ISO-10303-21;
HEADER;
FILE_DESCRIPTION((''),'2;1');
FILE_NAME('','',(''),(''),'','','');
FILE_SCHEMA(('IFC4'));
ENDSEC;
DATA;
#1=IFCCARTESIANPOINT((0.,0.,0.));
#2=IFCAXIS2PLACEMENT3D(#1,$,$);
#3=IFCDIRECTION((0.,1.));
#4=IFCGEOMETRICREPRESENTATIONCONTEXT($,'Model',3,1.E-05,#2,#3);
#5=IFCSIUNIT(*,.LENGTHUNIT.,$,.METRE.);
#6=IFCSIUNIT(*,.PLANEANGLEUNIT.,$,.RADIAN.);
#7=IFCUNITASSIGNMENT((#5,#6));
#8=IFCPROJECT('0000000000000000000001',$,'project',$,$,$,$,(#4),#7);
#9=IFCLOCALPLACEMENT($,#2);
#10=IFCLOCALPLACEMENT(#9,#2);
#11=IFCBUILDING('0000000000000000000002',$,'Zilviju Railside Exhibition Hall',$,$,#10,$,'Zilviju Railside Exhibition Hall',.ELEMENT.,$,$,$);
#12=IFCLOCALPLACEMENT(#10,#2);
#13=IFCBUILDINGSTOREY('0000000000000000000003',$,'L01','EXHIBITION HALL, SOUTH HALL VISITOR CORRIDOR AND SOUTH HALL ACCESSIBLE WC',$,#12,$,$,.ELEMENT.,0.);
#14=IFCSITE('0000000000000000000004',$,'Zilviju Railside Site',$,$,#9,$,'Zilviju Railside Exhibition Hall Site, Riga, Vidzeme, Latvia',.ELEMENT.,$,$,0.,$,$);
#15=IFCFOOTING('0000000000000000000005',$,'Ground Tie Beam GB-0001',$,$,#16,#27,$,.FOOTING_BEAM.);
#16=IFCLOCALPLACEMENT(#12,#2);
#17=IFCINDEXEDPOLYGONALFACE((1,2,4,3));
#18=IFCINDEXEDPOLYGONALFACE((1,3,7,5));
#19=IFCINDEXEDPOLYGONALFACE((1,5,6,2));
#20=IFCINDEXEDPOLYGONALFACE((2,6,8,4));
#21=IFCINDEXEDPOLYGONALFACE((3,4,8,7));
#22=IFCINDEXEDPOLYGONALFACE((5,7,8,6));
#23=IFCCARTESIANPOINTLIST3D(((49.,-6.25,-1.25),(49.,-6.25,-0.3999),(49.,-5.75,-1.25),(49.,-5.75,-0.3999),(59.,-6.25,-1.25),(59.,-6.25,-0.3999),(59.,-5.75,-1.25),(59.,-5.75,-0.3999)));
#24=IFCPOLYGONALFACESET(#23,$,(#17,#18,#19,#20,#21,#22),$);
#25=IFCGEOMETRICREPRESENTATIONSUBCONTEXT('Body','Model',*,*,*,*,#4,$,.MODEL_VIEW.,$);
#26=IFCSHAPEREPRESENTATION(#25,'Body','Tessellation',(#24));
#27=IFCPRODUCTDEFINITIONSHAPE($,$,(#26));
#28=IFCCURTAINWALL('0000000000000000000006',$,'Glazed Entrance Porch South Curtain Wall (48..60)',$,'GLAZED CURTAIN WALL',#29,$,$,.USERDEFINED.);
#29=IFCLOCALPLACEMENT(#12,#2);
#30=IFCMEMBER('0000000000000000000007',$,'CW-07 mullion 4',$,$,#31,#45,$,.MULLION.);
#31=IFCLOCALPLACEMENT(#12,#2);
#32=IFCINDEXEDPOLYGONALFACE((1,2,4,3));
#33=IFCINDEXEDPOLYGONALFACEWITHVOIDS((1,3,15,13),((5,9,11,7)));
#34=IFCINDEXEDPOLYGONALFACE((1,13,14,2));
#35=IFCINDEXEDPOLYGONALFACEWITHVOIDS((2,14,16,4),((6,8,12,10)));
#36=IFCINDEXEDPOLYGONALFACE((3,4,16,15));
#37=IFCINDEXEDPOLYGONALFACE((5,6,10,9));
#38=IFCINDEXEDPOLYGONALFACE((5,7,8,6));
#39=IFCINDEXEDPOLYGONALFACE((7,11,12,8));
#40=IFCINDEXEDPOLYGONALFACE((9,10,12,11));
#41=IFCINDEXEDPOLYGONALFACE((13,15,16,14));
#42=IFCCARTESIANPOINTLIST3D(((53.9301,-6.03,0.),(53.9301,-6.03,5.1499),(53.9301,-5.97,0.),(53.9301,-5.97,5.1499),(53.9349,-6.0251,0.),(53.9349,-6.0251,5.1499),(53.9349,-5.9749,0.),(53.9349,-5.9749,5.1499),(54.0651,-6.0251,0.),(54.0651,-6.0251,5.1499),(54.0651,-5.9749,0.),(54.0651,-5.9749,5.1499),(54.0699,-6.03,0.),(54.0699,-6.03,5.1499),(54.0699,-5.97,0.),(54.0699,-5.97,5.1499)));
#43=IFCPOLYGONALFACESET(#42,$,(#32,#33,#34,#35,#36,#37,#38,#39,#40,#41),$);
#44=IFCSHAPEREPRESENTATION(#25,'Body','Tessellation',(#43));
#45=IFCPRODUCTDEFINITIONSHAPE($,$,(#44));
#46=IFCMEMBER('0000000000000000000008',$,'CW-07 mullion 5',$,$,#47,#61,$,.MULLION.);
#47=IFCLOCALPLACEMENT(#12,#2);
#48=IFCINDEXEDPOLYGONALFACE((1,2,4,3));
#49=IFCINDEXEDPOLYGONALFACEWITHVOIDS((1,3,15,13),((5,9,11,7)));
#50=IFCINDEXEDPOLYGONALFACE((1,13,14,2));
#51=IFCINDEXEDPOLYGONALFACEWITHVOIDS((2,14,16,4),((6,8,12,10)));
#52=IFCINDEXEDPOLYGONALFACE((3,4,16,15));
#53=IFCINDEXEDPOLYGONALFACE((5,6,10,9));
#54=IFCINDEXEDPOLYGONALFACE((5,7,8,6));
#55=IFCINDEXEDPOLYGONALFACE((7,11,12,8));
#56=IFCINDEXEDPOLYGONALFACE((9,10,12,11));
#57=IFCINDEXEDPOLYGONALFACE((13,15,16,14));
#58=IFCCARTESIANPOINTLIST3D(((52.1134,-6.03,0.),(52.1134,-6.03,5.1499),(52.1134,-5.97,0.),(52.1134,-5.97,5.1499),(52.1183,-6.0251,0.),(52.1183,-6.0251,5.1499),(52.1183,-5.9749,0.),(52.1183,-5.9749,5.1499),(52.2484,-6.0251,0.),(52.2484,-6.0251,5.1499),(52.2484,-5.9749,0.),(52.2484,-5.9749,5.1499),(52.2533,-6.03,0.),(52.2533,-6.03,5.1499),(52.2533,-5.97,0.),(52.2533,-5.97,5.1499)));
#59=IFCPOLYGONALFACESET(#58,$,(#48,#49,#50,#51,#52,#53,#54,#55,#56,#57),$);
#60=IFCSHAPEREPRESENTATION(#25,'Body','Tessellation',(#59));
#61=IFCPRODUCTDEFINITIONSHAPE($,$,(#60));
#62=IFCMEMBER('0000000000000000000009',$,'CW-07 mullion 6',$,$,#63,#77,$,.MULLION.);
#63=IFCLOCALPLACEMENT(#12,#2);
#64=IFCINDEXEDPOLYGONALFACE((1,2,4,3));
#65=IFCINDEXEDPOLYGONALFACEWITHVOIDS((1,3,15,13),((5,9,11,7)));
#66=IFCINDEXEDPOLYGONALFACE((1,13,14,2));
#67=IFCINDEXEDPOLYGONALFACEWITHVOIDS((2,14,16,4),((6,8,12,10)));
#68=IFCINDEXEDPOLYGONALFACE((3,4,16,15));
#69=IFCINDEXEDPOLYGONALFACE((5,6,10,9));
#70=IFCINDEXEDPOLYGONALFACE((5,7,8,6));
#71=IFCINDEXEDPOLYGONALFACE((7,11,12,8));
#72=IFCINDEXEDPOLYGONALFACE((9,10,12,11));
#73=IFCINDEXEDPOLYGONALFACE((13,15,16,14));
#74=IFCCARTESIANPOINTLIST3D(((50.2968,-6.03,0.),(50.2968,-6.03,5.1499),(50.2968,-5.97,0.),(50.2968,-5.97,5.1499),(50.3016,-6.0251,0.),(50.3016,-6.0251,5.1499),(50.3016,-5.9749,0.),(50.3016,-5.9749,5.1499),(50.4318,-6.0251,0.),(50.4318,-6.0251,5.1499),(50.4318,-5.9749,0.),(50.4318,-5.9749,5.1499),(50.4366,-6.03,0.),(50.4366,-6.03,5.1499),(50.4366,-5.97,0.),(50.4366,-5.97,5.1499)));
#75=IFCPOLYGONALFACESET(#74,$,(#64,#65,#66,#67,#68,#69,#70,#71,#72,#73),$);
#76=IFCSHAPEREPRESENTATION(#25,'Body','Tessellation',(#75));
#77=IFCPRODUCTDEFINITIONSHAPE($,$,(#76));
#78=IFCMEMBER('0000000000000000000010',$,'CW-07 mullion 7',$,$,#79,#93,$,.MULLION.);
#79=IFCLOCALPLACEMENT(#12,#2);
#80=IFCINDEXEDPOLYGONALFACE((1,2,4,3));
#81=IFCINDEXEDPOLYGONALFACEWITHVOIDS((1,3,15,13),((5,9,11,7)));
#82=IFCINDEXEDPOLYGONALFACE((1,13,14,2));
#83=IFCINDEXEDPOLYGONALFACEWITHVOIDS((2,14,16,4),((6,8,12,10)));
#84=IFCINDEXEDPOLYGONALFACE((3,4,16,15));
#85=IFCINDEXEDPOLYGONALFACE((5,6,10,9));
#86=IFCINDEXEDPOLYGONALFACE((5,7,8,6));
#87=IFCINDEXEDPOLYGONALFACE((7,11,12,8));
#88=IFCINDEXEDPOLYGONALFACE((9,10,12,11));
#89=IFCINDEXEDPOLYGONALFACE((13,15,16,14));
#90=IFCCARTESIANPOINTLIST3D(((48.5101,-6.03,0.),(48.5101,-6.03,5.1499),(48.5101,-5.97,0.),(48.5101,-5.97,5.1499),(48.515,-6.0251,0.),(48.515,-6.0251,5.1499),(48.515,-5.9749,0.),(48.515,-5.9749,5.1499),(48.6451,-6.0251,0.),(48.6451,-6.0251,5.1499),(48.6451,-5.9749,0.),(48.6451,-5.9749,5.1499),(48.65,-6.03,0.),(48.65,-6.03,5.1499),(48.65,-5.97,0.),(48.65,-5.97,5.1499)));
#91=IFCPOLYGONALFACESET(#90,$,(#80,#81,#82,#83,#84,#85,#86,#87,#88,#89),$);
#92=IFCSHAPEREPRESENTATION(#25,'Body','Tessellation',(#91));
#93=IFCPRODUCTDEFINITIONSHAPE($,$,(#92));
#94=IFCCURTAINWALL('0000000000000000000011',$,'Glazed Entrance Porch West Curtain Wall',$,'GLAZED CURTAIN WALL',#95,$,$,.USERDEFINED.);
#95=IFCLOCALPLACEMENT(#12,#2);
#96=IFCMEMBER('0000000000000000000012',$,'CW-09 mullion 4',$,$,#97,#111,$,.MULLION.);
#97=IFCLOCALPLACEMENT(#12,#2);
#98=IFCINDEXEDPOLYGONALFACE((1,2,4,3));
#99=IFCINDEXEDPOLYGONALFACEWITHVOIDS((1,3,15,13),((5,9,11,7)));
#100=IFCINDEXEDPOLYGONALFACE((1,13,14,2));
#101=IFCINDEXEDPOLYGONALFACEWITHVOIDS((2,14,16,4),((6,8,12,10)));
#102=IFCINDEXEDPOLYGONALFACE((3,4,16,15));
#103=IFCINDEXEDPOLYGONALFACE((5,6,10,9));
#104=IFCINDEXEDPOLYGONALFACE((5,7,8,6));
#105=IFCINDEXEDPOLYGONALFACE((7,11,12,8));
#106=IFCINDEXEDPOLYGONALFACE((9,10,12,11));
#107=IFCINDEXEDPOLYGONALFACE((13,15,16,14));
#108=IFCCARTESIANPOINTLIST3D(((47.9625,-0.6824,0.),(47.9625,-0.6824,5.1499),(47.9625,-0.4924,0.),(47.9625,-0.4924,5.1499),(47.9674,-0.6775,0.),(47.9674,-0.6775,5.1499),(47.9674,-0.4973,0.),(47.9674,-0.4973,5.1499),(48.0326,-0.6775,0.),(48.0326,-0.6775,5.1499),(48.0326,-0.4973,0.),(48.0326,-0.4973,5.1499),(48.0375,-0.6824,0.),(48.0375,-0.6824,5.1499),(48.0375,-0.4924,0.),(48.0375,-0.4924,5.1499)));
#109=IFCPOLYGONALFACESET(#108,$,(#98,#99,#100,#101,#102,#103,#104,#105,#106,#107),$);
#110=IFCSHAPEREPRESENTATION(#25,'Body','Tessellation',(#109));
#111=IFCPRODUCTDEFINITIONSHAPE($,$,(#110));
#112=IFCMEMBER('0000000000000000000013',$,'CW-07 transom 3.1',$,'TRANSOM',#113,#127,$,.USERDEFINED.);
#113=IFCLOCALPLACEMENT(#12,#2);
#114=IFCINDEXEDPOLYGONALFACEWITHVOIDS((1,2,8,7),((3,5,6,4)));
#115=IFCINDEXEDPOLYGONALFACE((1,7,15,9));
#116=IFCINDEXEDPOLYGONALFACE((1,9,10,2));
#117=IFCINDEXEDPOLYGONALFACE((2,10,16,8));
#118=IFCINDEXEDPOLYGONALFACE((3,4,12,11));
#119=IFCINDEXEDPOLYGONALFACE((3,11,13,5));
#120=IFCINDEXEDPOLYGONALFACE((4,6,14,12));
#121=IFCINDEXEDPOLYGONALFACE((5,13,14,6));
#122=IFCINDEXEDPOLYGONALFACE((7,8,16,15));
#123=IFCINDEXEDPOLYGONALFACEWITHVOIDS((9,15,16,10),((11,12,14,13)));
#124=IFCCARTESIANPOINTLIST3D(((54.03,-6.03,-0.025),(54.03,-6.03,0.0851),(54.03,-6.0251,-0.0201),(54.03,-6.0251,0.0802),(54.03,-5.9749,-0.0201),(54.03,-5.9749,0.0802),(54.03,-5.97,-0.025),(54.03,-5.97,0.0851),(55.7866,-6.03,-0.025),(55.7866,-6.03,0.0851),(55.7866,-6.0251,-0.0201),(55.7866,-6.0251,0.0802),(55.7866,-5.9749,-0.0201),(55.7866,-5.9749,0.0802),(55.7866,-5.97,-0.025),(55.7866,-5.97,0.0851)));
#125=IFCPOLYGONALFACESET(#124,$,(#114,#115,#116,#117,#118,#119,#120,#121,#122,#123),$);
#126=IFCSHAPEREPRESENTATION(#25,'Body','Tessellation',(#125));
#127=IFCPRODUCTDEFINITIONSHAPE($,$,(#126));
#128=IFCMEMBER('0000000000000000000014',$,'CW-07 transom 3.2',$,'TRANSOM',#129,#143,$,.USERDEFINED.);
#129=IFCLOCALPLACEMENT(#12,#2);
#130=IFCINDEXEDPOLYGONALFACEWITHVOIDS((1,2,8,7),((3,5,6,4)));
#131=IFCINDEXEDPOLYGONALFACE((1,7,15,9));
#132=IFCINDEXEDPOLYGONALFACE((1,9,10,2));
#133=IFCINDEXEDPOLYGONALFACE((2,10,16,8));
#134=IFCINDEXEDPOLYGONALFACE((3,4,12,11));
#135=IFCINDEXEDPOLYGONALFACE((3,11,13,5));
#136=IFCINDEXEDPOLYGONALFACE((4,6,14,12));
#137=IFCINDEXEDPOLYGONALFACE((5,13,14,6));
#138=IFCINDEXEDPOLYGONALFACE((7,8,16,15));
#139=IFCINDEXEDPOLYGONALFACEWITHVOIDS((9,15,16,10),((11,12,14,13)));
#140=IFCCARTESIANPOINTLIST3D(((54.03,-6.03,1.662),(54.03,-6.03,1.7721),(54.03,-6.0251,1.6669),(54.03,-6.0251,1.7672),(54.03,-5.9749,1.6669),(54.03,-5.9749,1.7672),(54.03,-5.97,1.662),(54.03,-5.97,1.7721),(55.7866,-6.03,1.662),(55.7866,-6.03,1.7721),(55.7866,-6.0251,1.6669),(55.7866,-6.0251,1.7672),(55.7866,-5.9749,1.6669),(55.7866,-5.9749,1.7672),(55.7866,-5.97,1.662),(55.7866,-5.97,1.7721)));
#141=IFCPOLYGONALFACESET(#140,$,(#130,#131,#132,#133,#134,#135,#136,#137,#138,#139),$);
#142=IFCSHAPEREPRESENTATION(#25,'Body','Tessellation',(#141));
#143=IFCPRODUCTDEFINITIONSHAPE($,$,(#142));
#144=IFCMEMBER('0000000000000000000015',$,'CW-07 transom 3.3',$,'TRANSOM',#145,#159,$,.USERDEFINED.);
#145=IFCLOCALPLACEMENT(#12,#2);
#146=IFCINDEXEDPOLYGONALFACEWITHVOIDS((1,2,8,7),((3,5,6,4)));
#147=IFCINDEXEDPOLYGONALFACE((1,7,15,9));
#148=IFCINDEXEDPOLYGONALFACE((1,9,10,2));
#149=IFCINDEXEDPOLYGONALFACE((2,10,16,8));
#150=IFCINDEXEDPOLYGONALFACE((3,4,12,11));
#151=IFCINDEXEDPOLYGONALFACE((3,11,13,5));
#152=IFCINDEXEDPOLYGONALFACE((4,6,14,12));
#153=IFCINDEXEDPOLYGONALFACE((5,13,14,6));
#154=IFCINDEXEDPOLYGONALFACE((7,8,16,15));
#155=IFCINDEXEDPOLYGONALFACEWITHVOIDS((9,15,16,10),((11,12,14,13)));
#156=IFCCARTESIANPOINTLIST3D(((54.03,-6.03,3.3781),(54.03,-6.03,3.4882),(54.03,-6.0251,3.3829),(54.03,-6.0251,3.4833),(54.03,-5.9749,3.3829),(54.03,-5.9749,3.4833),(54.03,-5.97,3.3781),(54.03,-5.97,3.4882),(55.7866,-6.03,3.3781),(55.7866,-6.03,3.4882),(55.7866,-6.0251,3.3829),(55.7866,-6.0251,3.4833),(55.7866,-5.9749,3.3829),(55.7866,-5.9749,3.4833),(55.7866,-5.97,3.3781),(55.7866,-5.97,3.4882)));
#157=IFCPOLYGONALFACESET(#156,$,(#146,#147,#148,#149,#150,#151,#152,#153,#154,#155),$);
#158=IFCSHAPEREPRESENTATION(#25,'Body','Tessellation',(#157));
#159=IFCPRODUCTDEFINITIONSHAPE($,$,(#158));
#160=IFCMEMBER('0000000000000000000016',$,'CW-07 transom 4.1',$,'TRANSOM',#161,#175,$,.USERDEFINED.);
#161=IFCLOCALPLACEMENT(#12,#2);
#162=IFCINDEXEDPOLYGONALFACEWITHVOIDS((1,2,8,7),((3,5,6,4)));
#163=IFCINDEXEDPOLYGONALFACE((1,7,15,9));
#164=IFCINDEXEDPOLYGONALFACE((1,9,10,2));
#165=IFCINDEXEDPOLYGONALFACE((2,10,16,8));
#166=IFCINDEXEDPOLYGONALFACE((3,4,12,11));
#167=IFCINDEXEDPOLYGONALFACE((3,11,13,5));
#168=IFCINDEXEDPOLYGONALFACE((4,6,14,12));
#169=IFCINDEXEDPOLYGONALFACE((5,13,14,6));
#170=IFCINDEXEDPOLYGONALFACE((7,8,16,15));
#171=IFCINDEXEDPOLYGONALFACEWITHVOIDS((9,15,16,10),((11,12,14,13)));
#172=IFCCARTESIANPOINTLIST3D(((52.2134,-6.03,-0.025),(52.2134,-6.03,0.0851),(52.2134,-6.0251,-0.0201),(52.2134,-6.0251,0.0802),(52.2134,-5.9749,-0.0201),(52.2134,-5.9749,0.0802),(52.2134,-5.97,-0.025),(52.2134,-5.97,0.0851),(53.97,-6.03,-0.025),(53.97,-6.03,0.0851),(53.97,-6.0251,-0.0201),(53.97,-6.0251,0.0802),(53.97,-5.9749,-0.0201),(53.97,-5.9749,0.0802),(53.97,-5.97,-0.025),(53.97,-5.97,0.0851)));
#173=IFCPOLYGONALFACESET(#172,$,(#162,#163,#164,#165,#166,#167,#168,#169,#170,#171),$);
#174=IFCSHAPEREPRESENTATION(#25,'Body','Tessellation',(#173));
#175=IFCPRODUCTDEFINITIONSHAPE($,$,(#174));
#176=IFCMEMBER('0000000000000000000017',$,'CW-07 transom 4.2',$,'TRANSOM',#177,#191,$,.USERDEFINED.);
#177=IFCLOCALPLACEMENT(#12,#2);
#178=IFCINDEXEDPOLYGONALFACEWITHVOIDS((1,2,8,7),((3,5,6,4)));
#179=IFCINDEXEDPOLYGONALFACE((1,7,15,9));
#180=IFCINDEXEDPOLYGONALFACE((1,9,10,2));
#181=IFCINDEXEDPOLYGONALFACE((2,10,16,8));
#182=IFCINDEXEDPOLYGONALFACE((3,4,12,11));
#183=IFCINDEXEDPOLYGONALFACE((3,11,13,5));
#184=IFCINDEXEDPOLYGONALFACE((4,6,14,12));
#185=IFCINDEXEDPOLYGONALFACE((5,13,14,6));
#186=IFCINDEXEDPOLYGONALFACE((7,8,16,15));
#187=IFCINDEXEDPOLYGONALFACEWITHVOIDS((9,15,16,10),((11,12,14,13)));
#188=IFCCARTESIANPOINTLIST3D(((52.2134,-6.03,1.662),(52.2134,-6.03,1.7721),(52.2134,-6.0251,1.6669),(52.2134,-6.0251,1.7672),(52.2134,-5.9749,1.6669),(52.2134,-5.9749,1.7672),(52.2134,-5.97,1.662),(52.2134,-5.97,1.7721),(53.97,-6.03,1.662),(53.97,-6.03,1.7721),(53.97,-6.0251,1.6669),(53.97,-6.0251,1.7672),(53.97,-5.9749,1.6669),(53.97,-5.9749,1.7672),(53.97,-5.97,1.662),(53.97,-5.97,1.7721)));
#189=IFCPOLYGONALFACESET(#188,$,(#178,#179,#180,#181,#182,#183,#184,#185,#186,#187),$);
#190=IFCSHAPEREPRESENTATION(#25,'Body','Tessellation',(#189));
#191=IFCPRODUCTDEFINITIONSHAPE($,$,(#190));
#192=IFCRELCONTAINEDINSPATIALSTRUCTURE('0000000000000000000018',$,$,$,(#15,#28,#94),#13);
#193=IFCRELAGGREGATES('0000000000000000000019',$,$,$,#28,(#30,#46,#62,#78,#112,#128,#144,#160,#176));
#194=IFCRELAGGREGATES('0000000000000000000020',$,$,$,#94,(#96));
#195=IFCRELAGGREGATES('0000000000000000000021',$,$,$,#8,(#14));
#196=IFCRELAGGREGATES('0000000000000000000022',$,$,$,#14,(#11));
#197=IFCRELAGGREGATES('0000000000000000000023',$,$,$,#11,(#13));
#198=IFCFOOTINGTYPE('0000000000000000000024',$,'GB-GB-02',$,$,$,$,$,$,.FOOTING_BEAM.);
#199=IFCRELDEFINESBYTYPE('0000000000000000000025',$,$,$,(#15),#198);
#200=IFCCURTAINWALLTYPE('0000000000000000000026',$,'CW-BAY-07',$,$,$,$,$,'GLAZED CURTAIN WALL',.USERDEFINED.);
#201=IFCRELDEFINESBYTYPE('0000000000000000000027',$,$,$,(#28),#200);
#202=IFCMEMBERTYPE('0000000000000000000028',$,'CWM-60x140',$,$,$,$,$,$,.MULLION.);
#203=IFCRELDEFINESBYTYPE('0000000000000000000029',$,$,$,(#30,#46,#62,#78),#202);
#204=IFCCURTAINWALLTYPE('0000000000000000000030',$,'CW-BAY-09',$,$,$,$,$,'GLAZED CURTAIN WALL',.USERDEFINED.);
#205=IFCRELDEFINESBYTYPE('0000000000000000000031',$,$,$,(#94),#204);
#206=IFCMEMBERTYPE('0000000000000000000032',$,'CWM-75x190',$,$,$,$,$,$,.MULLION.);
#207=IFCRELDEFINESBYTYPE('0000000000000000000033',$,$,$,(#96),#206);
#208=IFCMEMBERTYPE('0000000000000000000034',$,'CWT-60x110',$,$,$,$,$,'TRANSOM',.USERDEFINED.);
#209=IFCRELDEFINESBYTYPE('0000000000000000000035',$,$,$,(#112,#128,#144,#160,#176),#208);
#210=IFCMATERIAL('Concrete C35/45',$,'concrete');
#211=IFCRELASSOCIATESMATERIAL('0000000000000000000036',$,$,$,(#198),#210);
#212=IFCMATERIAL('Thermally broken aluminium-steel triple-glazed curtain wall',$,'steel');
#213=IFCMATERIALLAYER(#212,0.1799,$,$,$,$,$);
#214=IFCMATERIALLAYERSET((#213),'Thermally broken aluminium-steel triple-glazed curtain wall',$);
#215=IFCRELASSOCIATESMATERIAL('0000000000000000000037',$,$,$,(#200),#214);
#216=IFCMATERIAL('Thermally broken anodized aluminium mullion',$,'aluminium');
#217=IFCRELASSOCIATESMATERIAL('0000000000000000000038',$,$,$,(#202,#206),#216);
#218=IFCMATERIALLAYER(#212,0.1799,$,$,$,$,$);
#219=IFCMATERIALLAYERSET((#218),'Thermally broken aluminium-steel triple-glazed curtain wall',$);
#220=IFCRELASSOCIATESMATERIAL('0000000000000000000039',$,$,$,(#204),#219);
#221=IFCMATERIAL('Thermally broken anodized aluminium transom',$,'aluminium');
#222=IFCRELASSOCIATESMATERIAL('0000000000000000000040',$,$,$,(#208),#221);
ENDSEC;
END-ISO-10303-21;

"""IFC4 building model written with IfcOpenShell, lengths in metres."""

from ifc_helpers import new_model, si_unit, direction, frame, origin, origin_2d, place, context, subcontext, project, spatial, rectangle, hollow_rectangle, extrude, material, layer, layer_set, material_profile, profile_set, type_object, element, aggregate, save


model = new_model("IFC4")

# Units and contexts
model_context = context("Model", 3, precision=1e-05, world=origin(), true_north=direction((0.0, 1.0)))
body_context = subcontext(model_context, "Body", "Model", "MODEL_VIEW")
ifc_project = project(units=[si_unit("LENGTHUNIT", "METRE"), si_unit("PLANEANGLEUNIT", "RADIAN")], contexts=[model_context])

# Site, building, storey
site_placement = place(None, origin())
site = spatial("IfcSite", under=ifc_project, at=site_placement, Name="Zilviju Railside Site", LongName="Zilviju Railside Exhibition Hall Site, Riga, Vidzeme, Latvia", CompositionType="ELEMENT", RefElevation=0.0)
building_placement = place(site_placement, origin())
building = spatial("IfcBuilding", under=site, at=building_placement, Name="Zilviju Railside Exhibition Hall", LongName="Zilviju Railside Exhibition Hall", CompositionType="ELEMENT")
storey_placement = place(building_placement, origin())
storey = spatial("IfcBuildingStorey", under=building, at=storey_placement, Name="L01", Description="EXHIBITION HALL, SOUTH HALL VISITOR CORRIDOR AND SOUTH HALL ACCESSIBLE WC", CompositionType="ELEMENT", Elevation=0.0)

# Footing
ifc_material_1 = material(Name="Concrete C35/45", Category="concrete")
ifc_material_profile_1 = material_profile(ifc_material_1, rectangle(XDim=0.5, YDim=0.8501, at=origin_2d()), Name="TIE BEAM 500x850")
ifc_profile_set_1 = profile_set([ifc_material_profile_1], Name="Concrete C35/45")
footing_type = type_object("IfcFootingType", Name="GB-GB-02", PredefinedType="FOOTING_BEAM", material=ifc_profile_set_1)
footing_placement = place(storey_placement, frame((49.0, -6.0, -0.825), z_axis=(1.0, 0.0, 0.0), x_axis=(0.0, 1.0, 0.0)))
element("IfcFooting", 1, at=footing_placement, inside=storey, type_object=footing_type, Name="Ground Tie Beam GB-0001", PredefinedType="FOOTING_BEAM", context=body_context, shape_type="SweptSolid", body=[
    extrude(rectangle(XDim=0.5, YDim=0.8501, at=origin_2d()), origin(), (0.0, 0.0, 1.0), 10.0),
])

# Curtain wall, members
ifc_material_2 = material(Name="Thermally broken aluminium-steel triple-glazed curtain wall", Category="steel")
ifc_layer_1 = layer(ifc_material_2, 0.1799)
ifc_layer_set_1 = layer_set([ifc_layer_1], Name="Thermally broken aluminium-steel triple-glazed curtain wall")
curtain_wall_type_1 = type_object("IfcCurtainWallType", Name="CW-BAY-07", ElementType="GLAZED CURTAIN WALL", PredefinedType="USERDEFINED", material=ifc_layer_set_1)
curtain_wall_1_placement = place(storey_placement, origin())
curtain_wall_1 = element("IfcCurtainWall", 2, at=curtain_wall_1_placement, inside=storey, type_object=curtain_wall_type_1, Name="Glazed Entrance Porch South Curtain Wall (48..60)", ObjectType="GLAZED CURTAIN WALL", PredefinedType="USERDEFINED")
ifc_material_3 = material(Name="Thermally broken anodized aluminium mullion", Category="aluminium")
ifc_material_profile_2 = material_profile(ifc_material_3, hollow_rectangle(XDim=0.0601, YDim=0.1399, WallThickness=0.0049, at=origin_2d()), Name="MULLION 140x60x5")
ifc_profile_set_2 = profile_set([ifc_material_profile_2], Name="Thermally broken anodized aluminium mullion")
member_type_1 = type_object("IfcMemberType", Name="CWM-60x140", PredefinedType="MULLION", material=ifc_profile_set_2)
member_1_placement = place(storey_placement, frame((54.0, -6.0, 0.0), z_axis=(0.0, 0.0, 1.0), x_axis=(0.0, -1.0, 0.0)))
member_1 = element("IfcMember", 3, at=member_1_placement, type_object=member_type_1, Name="CW-07 mullion 4", PredefinedType="MULLION", context=body_context, shape_type="SweptSolid", body=[
    extrude(hollow_rectangle(XDim=0.0601, YDim=0.1399, WallThickness=0.0049, at=origin_2d()), origin(), (0.0, 0.0, 1.0), 5.1499),
])
member_2_placement = place(storey_placement, frame((52.1833, -6.0, 0.0), z_axis=(0.0, 0.0, 1.0), x_axis=(0.0, -1.0, 0.0)))
member_2 = element("IfcMember", 4, at=member_2_placement, type_object=member_type_1, Name="CW-07 mullion 5", PredefinedType="MULLION", context=body_context, shape_type="SweptSolid", body=[
    extrude(hollow_rectangle(XDim=0.0601, YDim=0.1399, WallThickness=0.0049, at=origin_2d()), origin(), (0.0, 0.0, 1.0), 5.1499),
])
member_3_placement = place(storey_placement, frame((50.3667, -6.0, 0.0), z_axis=(0.0, 0.0, 1.0), x_axis=(0.0, -1.0, 0.0)))
member_3 = element("IfcMember", 5, at=member_3_placement, type_object=member_type_1, Name="CW-07 mullion 6", PredefinedType="MULLION", context=body_context, shape_type="SweptSolid", body=[
    extrude(hollow_rectangle(XDim=0.0601, YDim=0.1399, WallThickness=0.0049, at=origin_2d()), origin(), (0.0, 0.0, 1.0), 5.1499),
])
member_4_placement = place(storey_placement, frame((48.5801, -6.0, 0.0), z_axis=(0.0, 0.0, 1.0), x_axis=(0.0, -1.0, 0.0)))
member_4 = element("IfcMember", 6, at=member_4_placement, type_object=member_type_1, Name="CW-07 mullion 7", PredefinedType="MULLION", context=body_context, shape_type="SweptSolid", body=[
    extrude(hollow_rectangle(XDim=0.0601, YDim=0.1399, WallThickness=0.0049, at=origin_2d()), origin(), (0.0, 0.0, 1.0), 5.1499),
])

# Curtain wall, member
ifc_layer_2 = layer(ifc_material_2, 0.1799)
ifc_layer_set_2 = layer_set([ifc_layer_2], Name="Thermally broken aluminium-steel triple-glazed curtain wall")
curtain_wall_type_2 = type_object("IfcCurtainWallType", Name="CW-BAY-09", ElementType="GLAZED CURTAIN WALL", PredefinedType="USERDEFINED", material=ifc_layer_set_2)
curtain_wall_2_placement = place(storey_placement, origin())
curtain_wall_2 = element("IfcCurtainWall", 7, at=curtain_wall_2_placement, inside=storey, type_object=curtain_wall_type_2, Name="Glazed Entrance Porch West Curtain Wall", ObjectType="GLAZED CURTAIN WALL", PredefinedType="USERDEFINED")
ifc_material_profile_3 = material_profile(ifc_material_3, hollow_rectangle(XDim=0.075, YDim=0.1899, WallThickness=0.0049, at=origin_2d()), Name="MULLION 190x75x5")
ifc_profile_set_3 = profile_set([ifc_material_profile_3], Name="Thermally broken anodized aluminium mullion")
member_type_2 = type_object("IfcMemberType", Name="CWM-75x190", PredefinedType="MULLION", material=ifc_profile_set_3)
member_5_placement = place(storey_placement, frame((48.0, -0.5874, 0.0), z_axis=(0.0, 0.0, 1.0), x_axis=(-1.0, 0.0, 0.0)))
member_5 = element("IfcMember", 8, at=member_5_placement, type_object=member_type_2, Name="CW-09 mullion 4", PredefinedType="MULLION", context=body_context, shape_type="SweptSolid", body=[
    extrude(hollow_rectangle(XDim=0.075, YDim=0.1899, WallThickness=0.0049, at=origin_2d()), origin(), (0.0, 0.0, 1.0), 5.1499),
])

# Members
ifc_material_4 = material(Name="Thermally broken anodized aluminium transom", Category="aluminium")
ifc_material_profile_4 = material_profile(ifc_material_4, hollow_rectangle(XDim=0.0601, YDim=0.1101, WallThickness=0.0049, at=origin_2d()), Name="TRANSOM 110x60x5")
ifc_profile_set_4 = profile_set([ifc_material_profile_4], Name="Thermally broken anodized aluminium transom")
member_type_3 = type_object("IfcMemberType", Name="CWT-60x110", ElementType="TRANSOM", PredefinedType="USERDEFINED", material=ifc_profile_set_4)
member_6_placement = place(storey_placement, frame((55.7866, -6.0, 0.03), z_axis=(-1.0, 0.0, 0.0), x_axis=(0.0, -1.0, 0.0)))
member_6 = element("IfcMember", 9, at=member_6_placement, type_object=member_type_3, Name="CW-07 transom 3.1", ObjectType="TRANSOM", PredefinedType="USERDEFINED", context=body_context, shape_type="SweptSolid", body=[
    extrude(hollow_rectangle(XDim=0.0601, YDim=0.1101, WallThickness=0.0049, at=origin_2d()), origin(), (0.0, 0.0, 1.0), 1.7566),
])
member_7_placement = place(storey_placement, frame((55.7866, -6.0, 1.717), z_axis=(-1.0, 0.0, 0.0), x_axis=(0.0, -1.0, 0.0)))
member_7 = element("IfcMember", 10, at=member_7_placement, type_object=member_type_3, Name="CW-07 transom 3.2", ObjectType="TRANSOM", PredefinedType="USERDEFINED", context=body_context, shape_type="SweptSolid", body=[
    extrude(hollow_rectangle(XDim=0.0601, YDim=0.1101, WallThickness=0.0049, at=origin_2d()), origin(), (0.0, 0.0, 1.0), 1.7566),
])
member_8_placement = place(storey_placement, frame((55.7866, -6.0, 3.4331), z_axis=(-1.0, 0.0, 0.0), x_axis=(0.0, -1.0, 0.0)))
member_8 = element("IfcMember", 11, at=member_8_placement, type_object=member_type_3, Name="CW-07 transom 3.3", ObjectType="TRANSOM", PredefinedType="USERDEFINED", context=body_context, shape_type="SweptSolid", body=[
    extrude(hollow_rectangle(XDim=0.0601, YDim=0.1101, WallThickness=0.0049, at=origin_2d()), origin(), (0.0, 0.0, 1.0), 1.7566),
])
member_9_placement = place(storey_placement, frame((53.97, -6.0, 0.03), z_axis=(-1.0, 0.0, 0.0), x_axis=(0.0, -1.0, 0.0)))
member_9 = element("IfcMember", 12, at=member_9_placement, type_object=member_type_3, Name="CW-07 transom 4.1", ObjectType="TRANSOM", PredefinedType="USERDEFINED", context=body_context, shape_type="SweptSolid", body=[
    extrude(hollow_rectangle(XDim=0.0601, YDim=0.1101, WallThickness=0.0049, at=origin_2d()), origin(), (0.0, 0.0, 1.0), 1.7566),
])
member_10_placement = place(storey_placement, frame((53.97, -6.0, 1.717), z_axis=(-1.0, 0.0, 0.0), x_axis=(0.0, -1.0, 0.0)))
member_10 = element("IfcMember", 13, at=member_10_placement, type_object=member_type_3, Name="CW-07 transom 4.2", ObjectType="TRANSOM", PredefinedType="USERDEFINED", context=body_context, shape_type="SweptSolid", body=[
    extrude(hollow_rectangle(XDim=0.0601, YDim=0.1101, WallThickness=0.0049, at=origin_2d()), origin(), (0.0, 0.0, 1.0), 1.7566),
])

aggregate(curtain_wall_1, [member_1, member_2, member_3, member_4, member_6, member_7, member_8, member_9, member_10])
aggregate(curtain_wall_2, [member_5])

save(model, "model.ifc")
